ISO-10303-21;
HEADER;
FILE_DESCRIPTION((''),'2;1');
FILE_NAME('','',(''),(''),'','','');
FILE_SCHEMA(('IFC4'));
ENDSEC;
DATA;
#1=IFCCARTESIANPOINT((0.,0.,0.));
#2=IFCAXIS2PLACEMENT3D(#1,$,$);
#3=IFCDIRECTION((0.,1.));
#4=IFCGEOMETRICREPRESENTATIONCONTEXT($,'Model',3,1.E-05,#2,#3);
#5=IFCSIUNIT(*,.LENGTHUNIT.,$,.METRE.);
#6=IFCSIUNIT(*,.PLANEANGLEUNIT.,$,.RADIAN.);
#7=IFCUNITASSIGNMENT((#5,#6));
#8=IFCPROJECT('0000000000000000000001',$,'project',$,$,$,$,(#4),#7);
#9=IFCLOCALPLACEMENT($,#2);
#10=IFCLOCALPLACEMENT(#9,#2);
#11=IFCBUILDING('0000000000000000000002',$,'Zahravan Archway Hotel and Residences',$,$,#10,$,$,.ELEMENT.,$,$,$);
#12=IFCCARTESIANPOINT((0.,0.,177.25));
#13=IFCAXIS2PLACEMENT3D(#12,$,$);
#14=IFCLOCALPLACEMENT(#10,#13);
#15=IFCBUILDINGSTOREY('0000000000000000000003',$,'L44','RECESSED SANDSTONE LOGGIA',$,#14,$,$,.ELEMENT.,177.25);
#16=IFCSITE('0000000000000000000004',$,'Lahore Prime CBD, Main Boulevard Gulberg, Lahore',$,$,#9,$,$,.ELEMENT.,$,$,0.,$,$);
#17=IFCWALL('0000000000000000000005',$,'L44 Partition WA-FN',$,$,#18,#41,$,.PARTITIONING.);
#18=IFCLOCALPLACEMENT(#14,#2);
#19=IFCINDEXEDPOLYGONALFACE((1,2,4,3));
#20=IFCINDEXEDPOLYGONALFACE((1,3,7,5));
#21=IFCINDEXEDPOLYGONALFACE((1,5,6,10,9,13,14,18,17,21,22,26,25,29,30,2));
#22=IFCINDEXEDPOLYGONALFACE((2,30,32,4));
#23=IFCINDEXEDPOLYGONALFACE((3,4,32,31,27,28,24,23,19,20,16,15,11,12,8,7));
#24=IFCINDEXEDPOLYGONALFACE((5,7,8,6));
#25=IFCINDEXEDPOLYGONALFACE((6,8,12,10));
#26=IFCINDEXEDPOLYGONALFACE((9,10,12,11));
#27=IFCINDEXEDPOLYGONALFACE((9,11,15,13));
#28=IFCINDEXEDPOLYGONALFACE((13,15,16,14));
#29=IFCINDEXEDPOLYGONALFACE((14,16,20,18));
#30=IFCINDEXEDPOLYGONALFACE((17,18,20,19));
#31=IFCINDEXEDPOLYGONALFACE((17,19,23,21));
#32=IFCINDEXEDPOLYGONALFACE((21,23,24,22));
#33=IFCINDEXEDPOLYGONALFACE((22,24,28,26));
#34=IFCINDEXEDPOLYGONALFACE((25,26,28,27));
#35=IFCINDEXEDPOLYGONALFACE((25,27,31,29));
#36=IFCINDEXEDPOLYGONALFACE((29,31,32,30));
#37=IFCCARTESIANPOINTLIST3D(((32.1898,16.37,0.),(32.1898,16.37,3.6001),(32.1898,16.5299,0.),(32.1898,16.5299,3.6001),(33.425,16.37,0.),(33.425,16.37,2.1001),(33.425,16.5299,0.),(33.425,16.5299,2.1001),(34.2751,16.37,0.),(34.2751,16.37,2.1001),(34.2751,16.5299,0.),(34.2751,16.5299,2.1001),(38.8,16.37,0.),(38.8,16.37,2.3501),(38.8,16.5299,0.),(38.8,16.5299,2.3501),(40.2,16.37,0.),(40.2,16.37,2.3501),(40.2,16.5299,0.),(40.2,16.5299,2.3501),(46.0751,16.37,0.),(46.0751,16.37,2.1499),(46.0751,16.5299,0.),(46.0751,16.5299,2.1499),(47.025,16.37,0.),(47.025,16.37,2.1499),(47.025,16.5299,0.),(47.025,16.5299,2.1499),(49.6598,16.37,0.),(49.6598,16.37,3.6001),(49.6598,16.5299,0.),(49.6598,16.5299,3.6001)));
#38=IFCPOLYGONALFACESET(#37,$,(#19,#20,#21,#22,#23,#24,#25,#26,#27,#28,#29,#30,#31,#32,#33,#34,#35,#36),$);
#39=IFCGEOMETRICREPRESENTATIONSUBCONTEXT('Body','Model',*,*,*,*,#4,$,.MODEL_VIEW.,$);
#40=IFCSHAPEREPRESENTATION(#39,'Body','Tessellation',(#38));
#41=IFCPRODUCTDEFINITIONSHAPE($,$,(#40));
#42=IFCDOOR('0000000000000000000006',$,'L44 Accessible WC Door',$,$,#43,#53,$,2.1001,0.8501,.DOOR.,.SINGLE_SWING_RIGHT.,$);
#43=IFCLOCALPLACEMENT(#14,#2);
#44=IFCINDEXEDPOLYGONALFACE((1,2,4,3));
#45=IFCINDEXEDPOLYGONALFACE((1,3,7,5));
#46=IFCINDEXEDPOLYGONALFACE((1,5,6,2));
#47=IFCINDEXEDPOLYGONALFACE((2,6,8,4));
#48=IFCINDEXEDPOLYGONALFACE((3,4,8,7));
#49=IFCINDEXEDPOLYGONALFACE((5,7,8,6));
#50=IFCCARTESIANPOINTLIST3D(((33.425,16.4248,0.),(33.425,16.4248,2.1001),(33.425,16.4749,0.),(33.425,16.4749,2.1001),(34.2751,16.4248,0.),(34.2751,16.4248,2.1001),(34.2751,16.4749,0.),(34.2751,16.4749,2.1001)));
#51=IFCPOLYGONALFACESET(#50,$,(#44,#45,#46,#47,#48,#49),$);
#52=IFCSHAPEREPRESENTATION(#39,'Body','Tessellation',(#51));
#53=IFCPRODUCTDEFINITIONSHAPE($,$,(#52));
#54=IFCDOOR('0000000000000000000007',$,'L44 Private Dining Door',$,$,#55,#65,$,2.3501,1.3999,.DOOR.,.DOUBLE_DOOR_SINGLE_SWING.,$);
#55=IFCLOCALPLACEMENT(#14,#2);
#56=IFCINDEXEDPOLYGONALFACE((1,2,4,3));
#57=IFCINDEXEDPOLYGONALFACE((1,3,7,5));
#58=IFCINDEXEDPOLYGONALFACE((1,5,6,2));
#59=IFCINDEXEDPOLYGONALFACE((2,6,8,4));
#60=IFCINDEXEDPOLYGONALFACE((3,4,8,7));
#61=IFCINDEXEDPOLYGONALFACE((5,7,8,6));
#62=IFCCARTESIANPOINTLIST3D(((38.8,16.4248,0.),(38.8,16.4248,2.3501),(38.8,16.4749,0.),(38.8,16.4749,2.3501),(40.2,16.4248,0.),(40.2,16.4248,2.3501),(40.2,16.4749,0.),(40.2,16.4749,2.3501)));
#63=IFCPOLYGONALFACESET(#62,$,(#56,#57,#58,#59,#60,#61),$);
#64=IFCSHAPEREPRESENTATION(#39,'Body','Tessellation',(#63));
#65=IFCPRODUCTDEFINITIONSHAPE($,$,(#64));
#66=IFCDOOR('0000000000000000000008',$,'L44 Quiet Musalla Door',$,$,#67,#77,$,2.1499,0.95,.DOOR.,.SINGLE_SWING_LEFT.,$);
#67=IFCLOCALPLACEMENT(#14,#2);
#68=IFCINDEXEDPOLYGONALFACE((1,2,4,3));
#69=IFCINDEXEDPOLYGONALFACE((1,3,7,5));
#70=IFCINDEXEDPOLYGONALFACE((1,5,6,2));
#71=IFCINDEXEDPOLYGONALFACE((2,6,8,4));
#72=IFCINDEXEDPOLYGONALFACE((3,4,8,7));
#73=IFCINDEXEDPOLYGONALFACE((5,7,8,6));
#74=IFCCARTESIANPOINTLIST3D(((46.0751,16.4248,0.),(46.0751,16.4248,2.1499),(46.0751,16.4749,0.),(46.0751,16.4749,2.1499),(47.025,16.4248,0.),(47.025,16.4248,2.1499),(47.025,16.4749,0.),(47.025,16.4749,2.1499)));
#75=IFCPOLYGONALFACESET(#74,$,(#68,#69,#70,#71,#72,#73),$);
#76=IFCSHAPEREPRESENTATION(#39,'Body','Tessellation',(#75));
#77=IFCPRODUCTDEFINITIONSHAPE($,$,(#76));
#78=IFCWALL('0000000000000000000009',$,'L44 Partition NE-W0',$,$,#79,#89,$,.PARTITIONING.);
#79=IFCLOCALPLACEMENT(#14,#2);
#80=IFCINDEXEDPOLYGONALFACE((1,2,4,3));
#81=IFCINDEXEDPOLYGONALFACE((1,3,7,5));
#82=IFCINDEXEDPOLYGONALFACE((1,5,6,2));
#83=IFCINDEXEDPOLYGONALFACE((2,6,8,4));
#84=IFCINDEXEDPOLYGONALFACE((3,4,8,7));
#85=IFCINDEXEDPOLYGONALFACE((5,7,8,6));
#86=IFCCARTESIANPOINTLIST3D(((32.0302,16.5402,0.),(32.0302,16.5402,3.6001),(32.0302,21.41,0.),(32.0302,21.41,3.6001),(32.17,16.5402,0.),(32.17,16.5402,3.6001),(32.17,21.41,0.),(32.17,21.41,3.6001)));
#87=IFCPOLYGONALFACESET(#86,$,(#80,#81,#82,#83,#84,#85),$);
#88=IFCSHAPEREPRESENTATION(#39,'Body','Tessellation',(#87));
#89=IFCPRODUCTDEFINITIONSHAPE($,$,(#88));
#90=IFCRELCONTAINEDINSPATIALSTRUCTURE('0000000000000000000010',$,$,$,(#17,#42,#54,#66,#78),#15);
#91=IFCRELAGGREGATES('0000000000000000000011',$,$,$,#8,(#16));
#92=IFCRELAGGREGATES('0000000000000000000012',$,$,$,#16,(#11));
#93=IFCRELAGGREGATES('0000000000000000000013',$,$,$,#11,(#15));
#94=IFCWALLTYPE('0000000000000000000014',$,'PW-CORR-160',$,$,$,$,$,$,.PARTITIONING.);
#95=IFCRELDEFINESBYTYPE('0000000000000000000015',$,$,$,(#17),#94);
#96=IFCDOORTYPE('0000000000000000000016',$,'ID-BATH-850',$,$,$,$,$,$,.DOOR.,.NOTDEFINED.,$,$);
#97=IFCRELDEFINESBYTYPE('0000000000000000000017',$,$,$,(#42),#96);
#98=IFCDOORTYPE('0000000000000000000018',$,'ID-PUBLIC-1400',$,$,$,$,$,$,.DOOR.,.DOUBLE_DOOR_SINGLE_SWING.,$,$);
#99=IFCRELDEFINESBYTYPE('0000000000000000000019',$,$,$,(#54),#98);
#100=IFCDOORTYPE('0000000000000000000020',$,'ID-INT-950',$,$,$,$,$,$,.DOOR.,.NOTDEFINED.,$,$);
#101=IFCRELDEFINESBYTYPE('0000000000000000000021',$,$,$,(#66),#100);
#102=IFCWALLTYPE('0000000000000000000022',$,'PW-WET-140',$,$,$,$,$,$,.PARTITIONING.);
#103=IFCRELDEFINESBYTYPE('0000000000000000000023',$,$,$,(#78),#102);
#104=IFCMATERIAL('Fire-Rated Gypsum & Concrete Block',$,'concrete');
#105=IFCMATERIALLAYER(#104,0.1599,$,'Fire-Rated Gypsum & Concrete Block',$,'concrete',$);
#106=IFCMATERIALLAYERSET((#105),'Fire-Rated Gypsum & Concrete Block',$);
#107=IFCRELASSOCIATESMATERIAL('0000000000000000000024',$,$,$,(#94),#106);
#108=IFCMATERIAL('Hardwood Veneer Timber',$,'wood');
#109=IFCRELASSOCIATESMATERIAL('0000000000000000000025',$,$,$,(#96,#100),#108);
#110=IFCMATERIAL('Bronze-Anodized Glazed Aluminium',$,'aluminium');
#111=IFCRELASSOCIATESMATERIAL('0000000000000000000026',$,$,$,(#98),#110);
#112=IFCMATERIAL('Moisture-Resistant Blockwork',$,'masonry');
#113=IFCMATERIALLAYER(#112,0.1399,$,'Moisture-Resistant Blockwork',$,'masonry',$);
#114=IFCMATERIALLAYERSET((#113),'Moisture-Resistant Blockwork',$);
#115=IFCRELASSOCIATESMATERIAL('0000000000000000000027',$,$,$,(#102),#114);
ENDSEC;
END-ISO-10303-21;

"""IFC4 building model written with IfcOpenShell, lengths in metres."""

from ifc_helpers import new_model, si_unit, direction, frame, frame_2d, origin, place, context, subcontext, project, spatial, rectangle, extrude, source, transform, mapped, material, layer, layer_set, type_object, type_shapes, element, fill, save


model = new_model("IFC4")

# Units and contexts
model_context = context("Model", 3, precision=1e-05, world=origin(), true_north=direction((0.0, 1.0)))
body_context = subcontext(model_context, "Body", "Model", "MODEL_VIEW")
ifc_project = project(units=[si_unit("LENGTHUNIT", "METRE"), si_unit("PLANEANGLEUNIT", "RADIAN")], contexts=[model_context])

# Site, building, storey
site_placement = place(None, origin())
site = spatial("IfcSite", under=ifc_project, at=site_placement, Name="Lahore Prime CBD, Main Boulevard Gulberg, Lahore", CompositionType="ELEMENT", RefElevation=0.0)
building_placement = place(site_placement, origin())
building = spatial("IfcBuilding", under=site, at=building_placement, Name="Zahravan Archway Hotel and Residences", CompositionType="ELEMENT")
storey_placement = place(building_placement, frame((0.0, 0.0, 177.25)))
storey = spatial("IfcBuildingStorey", under=building, at=storey_placement, Name="L44", Description="RECESSED SANDSTONE LOGGIA", CompositionType="ELEMENT", Elevation=177.25)

# Wall, openings, doors
ifc_material_1 = material(Name="Fire-Rated Gypsum & Concrete Block", Category="concrete")
ifc_layer_1 = layer(ifc_material_1, 0.1599, Name="Fire-Rated Gypsum & Concrete Block", Category="concrete")
ifc_layer_set_1 = layer_set([ifc_layer_1], Name="Fire-Rated Gypsum & Concrete Block")
wall_type_1 = type_object("IfcWallType", Name="PW-CORR-160", PredefinedType="PARTITIONING", material=ifc_layer_set_1)
wall_1_placement = place(storey_placement, frame((32.1899, 16.45, 0.0), z_axis=(0.0, 0.0, 1.0), x_axis=(1.0, 0.0, 0.0)))
wall_1 = element("IfcWall", 1, at=wall_1_placement, inside=storey, type_object=wall_type_1, Name="L44 Partition WA-FN", PredefinedType="PARTITIONING", context=body_context, shape_type="SweptSolid", body=[
    extrude(rectangle(XDim=17.47, YDim=0.1599, at=frame_2d((8.7349, 0.0))), origin(), (0.0, 0.0, 1.0), 3.6001),
])
opening_1_placement = place(wall_1_placement, frame((1.2351, 0.0, 0.0)))
opening_1 = element("IfcOpeningElement", 2, at=opening_1_placement, cuts=wall_1, PredefinedType="OPENING", context=body_context, shape_type="SweptSolid", body=[
    extrude(rectangle(XDim=0.8501, YDim=2.1001, at=frame_2d((0.425, 1.05))), frame((0.0, 0.0898, 0.0), z_axis=(0.0, -1.0, 0.0), x_axis=(1.0, 0.0, 0.0)), (0.0, 0.0, 1.0), 0.1799),
])
opening_2_placement = place(wall_1_placement, frame((6.6101, 0.0, 0.0)))
opening_2 = element("IfcOpeningElement", 3, at=opening_2_placement, cuts=wall_1, PredefinedType="OPENING", context=body_context, shape_type="SweptSolid", body=[
    extrude(rectangle(XDim=1.3999, YDim=2.3501, at=frame_2d((0.7, 1.175))), frame((0.0, 0.0898, 0.0), z_axis=(0.0, -1.0, 0.0), x_axis=(1.0, 0.0, 0.0)), (0.0, 0.0, 1.0), 0.1799),
])
opening_3_placement = place(wall_1_placement, frame((13.885, 0.0, 0.0)))
opening_3 = element("IfcOpeningElement", 4, at=opening_3_placement, cuts=wall_1, PredefinedType="OPENING", context=body_context, shape_type="SweptSolid", body=[
    extrude(rectangle(XDim=0.95, YDim=2.1499, at=frame_2d((0.4751, 1.075))), frame((0.0, 0.0898, 0.0), z_axis=(0.0, -1.0, 0.0), x_axis=(1.0, 0.0, 0.0)), (0.0, 0.0, 1.0), 0.1799),
])
ifc_material_2 = material(Name="Hardwood Veneer Timber", Category="wood")
door_type_1 = type_object("IfcDoorType", Name="ID-BATH-850", OperationType="NOTDEFINED", PredefinedType="DOOR", material=ifc_material_2)
shared_shape_1 = source(origin(), body_context, "Body", "SweptSolid", [
    extrude(rectangle(XDim=0.8501, YDim=2.1001, at=frame_2d((0.425, 1.05))), frame((0.0, 0.0249, 0.0), z_axis=(0.0, -1.0, 0.0), x_axis=(1.0, 0.0, 0.0)), (0.0, 0.0, 1.0), 0.05),
])
type_shapes(door_type_1, [shared_shape_1])
door_1_placement = place(opening_1_placement, origin())
door_1 = element("IfcDoor", 5, at=door_1_placement, inside=storey, type_object=door_type_1, Name="L44 Accessible WC Door", OperationType="SINGLE_SWING_RIGHT", OverallHeight=2.1001, OverallWidth=0.8501, PredefinedType="DOOR", context=body_context, shape_type="MappedRepresentation", body=[
    mapped(shared_shape_1, transform((0.0, 0.0, 0.0), scale=1.0)),
])
fill(opening_1, door_1)
ifc_material_3 = material(Name="Bronze-Anodized Glazed Aluminium", Category="aluminium")
door_type_2 = type_object("IfcDoorType", Name="ID-PUBLIC-1400", OperationType="DOUBLE_DOOR_SINGLE_SWING", PredefinedType="DOOR", material=ifc_material_3)
shared_shape_2 = source(origin(), body_context, "Body", "SweptSolid", [
    extrude(rectangle(XDim=1.3999, YDim=2.3501, at=frame_2d((0.7, 1.175))), frame((0.0, 0.0249, 0.0), z_axis=(0.0, -1.0, 0.0), x_axis=(1.0, 0.0, 0.0)), (0.0, 0.0, 1.0), 0.05),
])
type_shapes(door_type_2, [shared_shape_2])
door_2_placement = place(opening_2_placement, origin())
door_2 = element("IfcDoor", 6, at=door_2_placement, inside=storey, type_object=door_type_2, Name="L44 Private Dining Door", OperationType="DOUBLE_DOOR_SINGLE_SWING", OverallHeight=2.3501, OverallWidth=1.3999, PredefinedType="DOOR", context=body_context, shape_type="MappedRepresentation", body=[
    mapped(shared_shape_2, transform((0.0, 0.0, 0.0), scale=1.0)),
])
fill(opening_2, door_2)
door_type_3 = type_object("IfcDoorType", Name="ID-INT-950", OperationType="NOTDEFINED", PredefinedType="DOOR", material=ifc_material_2)
shared_shape_3 = source(origin(), body_context, "Body", "SweptSolid", [
    extrude(rectangle(XDim=0.95, YDim=2.1499, at=frame_2d((0.4751, 1.075))), frame((0.0, 0.0249, 0.0), z_axis=(0.0, -1.0, 0.0), x_axis=(1.0, 0.0, 0.0)), (0.0, 0.0, 1.0), 0.05),
])
type_shapes(door_type_3, [shared_shape_3])
door_3_placement = place(opening_3_placement, origin())
door_3 = element("IfcDoor", 7, at=door_3_placement, inside=storey, type_object=door_type_3, Name="L44 Quiet Musalla Door", OperationType="SINGLE_SWING_LEFT", OverallHeight=2.1499, OverallWidth=0.95, PredefinedType="DOOR", context=body_context, shape_type="MappedRepresentation", body=[
    mapped(shared_shape_3, transform((0.0, 0.0, 0.0), scale=1.0)),
])
fill(opening_3, door_3)

# Wall
ifc_material_4 = material(Name="Moisture-Resistant Blockwork", Category="masonry")
ifc_layer_2 = layer(ifc_material_4, 0.1399, Name="Moisture-Resistant Blockwork", Category="masonry")
ifc_layer_set_2 = layer_set([ifc_layer_2], Name="Moisture-Resistant Blockwork")
wall_type_2 = type_object("IfcWallType", Name="PW-WET-140", PredefinedType="PARTITIONING", material=ifc_layer_set_2)
wall_2_placement = place(storey_placement, frame((32.1001, 16.54, 0.0), z_axis=(0.0, 0.0, 1.0), x_axis=(0.0, 1.0, 0.0)))
element("IfcWall", 8, at=wall_2_placement, inside=storey, type_object=wall_type_2, Name="L44 Partition NE-W0", PredefinedType="PARTITIONING", context=body_context, shape_type="SweptSolid", body=[
    extrude(rectangle(XDim=4.8699, YDim=0.1399, at=frame_2d((2.4351, 0.0))), origin(), (0.0, 0.0, 1.0), 3.6001),
])

save(model, "model.ifc")
